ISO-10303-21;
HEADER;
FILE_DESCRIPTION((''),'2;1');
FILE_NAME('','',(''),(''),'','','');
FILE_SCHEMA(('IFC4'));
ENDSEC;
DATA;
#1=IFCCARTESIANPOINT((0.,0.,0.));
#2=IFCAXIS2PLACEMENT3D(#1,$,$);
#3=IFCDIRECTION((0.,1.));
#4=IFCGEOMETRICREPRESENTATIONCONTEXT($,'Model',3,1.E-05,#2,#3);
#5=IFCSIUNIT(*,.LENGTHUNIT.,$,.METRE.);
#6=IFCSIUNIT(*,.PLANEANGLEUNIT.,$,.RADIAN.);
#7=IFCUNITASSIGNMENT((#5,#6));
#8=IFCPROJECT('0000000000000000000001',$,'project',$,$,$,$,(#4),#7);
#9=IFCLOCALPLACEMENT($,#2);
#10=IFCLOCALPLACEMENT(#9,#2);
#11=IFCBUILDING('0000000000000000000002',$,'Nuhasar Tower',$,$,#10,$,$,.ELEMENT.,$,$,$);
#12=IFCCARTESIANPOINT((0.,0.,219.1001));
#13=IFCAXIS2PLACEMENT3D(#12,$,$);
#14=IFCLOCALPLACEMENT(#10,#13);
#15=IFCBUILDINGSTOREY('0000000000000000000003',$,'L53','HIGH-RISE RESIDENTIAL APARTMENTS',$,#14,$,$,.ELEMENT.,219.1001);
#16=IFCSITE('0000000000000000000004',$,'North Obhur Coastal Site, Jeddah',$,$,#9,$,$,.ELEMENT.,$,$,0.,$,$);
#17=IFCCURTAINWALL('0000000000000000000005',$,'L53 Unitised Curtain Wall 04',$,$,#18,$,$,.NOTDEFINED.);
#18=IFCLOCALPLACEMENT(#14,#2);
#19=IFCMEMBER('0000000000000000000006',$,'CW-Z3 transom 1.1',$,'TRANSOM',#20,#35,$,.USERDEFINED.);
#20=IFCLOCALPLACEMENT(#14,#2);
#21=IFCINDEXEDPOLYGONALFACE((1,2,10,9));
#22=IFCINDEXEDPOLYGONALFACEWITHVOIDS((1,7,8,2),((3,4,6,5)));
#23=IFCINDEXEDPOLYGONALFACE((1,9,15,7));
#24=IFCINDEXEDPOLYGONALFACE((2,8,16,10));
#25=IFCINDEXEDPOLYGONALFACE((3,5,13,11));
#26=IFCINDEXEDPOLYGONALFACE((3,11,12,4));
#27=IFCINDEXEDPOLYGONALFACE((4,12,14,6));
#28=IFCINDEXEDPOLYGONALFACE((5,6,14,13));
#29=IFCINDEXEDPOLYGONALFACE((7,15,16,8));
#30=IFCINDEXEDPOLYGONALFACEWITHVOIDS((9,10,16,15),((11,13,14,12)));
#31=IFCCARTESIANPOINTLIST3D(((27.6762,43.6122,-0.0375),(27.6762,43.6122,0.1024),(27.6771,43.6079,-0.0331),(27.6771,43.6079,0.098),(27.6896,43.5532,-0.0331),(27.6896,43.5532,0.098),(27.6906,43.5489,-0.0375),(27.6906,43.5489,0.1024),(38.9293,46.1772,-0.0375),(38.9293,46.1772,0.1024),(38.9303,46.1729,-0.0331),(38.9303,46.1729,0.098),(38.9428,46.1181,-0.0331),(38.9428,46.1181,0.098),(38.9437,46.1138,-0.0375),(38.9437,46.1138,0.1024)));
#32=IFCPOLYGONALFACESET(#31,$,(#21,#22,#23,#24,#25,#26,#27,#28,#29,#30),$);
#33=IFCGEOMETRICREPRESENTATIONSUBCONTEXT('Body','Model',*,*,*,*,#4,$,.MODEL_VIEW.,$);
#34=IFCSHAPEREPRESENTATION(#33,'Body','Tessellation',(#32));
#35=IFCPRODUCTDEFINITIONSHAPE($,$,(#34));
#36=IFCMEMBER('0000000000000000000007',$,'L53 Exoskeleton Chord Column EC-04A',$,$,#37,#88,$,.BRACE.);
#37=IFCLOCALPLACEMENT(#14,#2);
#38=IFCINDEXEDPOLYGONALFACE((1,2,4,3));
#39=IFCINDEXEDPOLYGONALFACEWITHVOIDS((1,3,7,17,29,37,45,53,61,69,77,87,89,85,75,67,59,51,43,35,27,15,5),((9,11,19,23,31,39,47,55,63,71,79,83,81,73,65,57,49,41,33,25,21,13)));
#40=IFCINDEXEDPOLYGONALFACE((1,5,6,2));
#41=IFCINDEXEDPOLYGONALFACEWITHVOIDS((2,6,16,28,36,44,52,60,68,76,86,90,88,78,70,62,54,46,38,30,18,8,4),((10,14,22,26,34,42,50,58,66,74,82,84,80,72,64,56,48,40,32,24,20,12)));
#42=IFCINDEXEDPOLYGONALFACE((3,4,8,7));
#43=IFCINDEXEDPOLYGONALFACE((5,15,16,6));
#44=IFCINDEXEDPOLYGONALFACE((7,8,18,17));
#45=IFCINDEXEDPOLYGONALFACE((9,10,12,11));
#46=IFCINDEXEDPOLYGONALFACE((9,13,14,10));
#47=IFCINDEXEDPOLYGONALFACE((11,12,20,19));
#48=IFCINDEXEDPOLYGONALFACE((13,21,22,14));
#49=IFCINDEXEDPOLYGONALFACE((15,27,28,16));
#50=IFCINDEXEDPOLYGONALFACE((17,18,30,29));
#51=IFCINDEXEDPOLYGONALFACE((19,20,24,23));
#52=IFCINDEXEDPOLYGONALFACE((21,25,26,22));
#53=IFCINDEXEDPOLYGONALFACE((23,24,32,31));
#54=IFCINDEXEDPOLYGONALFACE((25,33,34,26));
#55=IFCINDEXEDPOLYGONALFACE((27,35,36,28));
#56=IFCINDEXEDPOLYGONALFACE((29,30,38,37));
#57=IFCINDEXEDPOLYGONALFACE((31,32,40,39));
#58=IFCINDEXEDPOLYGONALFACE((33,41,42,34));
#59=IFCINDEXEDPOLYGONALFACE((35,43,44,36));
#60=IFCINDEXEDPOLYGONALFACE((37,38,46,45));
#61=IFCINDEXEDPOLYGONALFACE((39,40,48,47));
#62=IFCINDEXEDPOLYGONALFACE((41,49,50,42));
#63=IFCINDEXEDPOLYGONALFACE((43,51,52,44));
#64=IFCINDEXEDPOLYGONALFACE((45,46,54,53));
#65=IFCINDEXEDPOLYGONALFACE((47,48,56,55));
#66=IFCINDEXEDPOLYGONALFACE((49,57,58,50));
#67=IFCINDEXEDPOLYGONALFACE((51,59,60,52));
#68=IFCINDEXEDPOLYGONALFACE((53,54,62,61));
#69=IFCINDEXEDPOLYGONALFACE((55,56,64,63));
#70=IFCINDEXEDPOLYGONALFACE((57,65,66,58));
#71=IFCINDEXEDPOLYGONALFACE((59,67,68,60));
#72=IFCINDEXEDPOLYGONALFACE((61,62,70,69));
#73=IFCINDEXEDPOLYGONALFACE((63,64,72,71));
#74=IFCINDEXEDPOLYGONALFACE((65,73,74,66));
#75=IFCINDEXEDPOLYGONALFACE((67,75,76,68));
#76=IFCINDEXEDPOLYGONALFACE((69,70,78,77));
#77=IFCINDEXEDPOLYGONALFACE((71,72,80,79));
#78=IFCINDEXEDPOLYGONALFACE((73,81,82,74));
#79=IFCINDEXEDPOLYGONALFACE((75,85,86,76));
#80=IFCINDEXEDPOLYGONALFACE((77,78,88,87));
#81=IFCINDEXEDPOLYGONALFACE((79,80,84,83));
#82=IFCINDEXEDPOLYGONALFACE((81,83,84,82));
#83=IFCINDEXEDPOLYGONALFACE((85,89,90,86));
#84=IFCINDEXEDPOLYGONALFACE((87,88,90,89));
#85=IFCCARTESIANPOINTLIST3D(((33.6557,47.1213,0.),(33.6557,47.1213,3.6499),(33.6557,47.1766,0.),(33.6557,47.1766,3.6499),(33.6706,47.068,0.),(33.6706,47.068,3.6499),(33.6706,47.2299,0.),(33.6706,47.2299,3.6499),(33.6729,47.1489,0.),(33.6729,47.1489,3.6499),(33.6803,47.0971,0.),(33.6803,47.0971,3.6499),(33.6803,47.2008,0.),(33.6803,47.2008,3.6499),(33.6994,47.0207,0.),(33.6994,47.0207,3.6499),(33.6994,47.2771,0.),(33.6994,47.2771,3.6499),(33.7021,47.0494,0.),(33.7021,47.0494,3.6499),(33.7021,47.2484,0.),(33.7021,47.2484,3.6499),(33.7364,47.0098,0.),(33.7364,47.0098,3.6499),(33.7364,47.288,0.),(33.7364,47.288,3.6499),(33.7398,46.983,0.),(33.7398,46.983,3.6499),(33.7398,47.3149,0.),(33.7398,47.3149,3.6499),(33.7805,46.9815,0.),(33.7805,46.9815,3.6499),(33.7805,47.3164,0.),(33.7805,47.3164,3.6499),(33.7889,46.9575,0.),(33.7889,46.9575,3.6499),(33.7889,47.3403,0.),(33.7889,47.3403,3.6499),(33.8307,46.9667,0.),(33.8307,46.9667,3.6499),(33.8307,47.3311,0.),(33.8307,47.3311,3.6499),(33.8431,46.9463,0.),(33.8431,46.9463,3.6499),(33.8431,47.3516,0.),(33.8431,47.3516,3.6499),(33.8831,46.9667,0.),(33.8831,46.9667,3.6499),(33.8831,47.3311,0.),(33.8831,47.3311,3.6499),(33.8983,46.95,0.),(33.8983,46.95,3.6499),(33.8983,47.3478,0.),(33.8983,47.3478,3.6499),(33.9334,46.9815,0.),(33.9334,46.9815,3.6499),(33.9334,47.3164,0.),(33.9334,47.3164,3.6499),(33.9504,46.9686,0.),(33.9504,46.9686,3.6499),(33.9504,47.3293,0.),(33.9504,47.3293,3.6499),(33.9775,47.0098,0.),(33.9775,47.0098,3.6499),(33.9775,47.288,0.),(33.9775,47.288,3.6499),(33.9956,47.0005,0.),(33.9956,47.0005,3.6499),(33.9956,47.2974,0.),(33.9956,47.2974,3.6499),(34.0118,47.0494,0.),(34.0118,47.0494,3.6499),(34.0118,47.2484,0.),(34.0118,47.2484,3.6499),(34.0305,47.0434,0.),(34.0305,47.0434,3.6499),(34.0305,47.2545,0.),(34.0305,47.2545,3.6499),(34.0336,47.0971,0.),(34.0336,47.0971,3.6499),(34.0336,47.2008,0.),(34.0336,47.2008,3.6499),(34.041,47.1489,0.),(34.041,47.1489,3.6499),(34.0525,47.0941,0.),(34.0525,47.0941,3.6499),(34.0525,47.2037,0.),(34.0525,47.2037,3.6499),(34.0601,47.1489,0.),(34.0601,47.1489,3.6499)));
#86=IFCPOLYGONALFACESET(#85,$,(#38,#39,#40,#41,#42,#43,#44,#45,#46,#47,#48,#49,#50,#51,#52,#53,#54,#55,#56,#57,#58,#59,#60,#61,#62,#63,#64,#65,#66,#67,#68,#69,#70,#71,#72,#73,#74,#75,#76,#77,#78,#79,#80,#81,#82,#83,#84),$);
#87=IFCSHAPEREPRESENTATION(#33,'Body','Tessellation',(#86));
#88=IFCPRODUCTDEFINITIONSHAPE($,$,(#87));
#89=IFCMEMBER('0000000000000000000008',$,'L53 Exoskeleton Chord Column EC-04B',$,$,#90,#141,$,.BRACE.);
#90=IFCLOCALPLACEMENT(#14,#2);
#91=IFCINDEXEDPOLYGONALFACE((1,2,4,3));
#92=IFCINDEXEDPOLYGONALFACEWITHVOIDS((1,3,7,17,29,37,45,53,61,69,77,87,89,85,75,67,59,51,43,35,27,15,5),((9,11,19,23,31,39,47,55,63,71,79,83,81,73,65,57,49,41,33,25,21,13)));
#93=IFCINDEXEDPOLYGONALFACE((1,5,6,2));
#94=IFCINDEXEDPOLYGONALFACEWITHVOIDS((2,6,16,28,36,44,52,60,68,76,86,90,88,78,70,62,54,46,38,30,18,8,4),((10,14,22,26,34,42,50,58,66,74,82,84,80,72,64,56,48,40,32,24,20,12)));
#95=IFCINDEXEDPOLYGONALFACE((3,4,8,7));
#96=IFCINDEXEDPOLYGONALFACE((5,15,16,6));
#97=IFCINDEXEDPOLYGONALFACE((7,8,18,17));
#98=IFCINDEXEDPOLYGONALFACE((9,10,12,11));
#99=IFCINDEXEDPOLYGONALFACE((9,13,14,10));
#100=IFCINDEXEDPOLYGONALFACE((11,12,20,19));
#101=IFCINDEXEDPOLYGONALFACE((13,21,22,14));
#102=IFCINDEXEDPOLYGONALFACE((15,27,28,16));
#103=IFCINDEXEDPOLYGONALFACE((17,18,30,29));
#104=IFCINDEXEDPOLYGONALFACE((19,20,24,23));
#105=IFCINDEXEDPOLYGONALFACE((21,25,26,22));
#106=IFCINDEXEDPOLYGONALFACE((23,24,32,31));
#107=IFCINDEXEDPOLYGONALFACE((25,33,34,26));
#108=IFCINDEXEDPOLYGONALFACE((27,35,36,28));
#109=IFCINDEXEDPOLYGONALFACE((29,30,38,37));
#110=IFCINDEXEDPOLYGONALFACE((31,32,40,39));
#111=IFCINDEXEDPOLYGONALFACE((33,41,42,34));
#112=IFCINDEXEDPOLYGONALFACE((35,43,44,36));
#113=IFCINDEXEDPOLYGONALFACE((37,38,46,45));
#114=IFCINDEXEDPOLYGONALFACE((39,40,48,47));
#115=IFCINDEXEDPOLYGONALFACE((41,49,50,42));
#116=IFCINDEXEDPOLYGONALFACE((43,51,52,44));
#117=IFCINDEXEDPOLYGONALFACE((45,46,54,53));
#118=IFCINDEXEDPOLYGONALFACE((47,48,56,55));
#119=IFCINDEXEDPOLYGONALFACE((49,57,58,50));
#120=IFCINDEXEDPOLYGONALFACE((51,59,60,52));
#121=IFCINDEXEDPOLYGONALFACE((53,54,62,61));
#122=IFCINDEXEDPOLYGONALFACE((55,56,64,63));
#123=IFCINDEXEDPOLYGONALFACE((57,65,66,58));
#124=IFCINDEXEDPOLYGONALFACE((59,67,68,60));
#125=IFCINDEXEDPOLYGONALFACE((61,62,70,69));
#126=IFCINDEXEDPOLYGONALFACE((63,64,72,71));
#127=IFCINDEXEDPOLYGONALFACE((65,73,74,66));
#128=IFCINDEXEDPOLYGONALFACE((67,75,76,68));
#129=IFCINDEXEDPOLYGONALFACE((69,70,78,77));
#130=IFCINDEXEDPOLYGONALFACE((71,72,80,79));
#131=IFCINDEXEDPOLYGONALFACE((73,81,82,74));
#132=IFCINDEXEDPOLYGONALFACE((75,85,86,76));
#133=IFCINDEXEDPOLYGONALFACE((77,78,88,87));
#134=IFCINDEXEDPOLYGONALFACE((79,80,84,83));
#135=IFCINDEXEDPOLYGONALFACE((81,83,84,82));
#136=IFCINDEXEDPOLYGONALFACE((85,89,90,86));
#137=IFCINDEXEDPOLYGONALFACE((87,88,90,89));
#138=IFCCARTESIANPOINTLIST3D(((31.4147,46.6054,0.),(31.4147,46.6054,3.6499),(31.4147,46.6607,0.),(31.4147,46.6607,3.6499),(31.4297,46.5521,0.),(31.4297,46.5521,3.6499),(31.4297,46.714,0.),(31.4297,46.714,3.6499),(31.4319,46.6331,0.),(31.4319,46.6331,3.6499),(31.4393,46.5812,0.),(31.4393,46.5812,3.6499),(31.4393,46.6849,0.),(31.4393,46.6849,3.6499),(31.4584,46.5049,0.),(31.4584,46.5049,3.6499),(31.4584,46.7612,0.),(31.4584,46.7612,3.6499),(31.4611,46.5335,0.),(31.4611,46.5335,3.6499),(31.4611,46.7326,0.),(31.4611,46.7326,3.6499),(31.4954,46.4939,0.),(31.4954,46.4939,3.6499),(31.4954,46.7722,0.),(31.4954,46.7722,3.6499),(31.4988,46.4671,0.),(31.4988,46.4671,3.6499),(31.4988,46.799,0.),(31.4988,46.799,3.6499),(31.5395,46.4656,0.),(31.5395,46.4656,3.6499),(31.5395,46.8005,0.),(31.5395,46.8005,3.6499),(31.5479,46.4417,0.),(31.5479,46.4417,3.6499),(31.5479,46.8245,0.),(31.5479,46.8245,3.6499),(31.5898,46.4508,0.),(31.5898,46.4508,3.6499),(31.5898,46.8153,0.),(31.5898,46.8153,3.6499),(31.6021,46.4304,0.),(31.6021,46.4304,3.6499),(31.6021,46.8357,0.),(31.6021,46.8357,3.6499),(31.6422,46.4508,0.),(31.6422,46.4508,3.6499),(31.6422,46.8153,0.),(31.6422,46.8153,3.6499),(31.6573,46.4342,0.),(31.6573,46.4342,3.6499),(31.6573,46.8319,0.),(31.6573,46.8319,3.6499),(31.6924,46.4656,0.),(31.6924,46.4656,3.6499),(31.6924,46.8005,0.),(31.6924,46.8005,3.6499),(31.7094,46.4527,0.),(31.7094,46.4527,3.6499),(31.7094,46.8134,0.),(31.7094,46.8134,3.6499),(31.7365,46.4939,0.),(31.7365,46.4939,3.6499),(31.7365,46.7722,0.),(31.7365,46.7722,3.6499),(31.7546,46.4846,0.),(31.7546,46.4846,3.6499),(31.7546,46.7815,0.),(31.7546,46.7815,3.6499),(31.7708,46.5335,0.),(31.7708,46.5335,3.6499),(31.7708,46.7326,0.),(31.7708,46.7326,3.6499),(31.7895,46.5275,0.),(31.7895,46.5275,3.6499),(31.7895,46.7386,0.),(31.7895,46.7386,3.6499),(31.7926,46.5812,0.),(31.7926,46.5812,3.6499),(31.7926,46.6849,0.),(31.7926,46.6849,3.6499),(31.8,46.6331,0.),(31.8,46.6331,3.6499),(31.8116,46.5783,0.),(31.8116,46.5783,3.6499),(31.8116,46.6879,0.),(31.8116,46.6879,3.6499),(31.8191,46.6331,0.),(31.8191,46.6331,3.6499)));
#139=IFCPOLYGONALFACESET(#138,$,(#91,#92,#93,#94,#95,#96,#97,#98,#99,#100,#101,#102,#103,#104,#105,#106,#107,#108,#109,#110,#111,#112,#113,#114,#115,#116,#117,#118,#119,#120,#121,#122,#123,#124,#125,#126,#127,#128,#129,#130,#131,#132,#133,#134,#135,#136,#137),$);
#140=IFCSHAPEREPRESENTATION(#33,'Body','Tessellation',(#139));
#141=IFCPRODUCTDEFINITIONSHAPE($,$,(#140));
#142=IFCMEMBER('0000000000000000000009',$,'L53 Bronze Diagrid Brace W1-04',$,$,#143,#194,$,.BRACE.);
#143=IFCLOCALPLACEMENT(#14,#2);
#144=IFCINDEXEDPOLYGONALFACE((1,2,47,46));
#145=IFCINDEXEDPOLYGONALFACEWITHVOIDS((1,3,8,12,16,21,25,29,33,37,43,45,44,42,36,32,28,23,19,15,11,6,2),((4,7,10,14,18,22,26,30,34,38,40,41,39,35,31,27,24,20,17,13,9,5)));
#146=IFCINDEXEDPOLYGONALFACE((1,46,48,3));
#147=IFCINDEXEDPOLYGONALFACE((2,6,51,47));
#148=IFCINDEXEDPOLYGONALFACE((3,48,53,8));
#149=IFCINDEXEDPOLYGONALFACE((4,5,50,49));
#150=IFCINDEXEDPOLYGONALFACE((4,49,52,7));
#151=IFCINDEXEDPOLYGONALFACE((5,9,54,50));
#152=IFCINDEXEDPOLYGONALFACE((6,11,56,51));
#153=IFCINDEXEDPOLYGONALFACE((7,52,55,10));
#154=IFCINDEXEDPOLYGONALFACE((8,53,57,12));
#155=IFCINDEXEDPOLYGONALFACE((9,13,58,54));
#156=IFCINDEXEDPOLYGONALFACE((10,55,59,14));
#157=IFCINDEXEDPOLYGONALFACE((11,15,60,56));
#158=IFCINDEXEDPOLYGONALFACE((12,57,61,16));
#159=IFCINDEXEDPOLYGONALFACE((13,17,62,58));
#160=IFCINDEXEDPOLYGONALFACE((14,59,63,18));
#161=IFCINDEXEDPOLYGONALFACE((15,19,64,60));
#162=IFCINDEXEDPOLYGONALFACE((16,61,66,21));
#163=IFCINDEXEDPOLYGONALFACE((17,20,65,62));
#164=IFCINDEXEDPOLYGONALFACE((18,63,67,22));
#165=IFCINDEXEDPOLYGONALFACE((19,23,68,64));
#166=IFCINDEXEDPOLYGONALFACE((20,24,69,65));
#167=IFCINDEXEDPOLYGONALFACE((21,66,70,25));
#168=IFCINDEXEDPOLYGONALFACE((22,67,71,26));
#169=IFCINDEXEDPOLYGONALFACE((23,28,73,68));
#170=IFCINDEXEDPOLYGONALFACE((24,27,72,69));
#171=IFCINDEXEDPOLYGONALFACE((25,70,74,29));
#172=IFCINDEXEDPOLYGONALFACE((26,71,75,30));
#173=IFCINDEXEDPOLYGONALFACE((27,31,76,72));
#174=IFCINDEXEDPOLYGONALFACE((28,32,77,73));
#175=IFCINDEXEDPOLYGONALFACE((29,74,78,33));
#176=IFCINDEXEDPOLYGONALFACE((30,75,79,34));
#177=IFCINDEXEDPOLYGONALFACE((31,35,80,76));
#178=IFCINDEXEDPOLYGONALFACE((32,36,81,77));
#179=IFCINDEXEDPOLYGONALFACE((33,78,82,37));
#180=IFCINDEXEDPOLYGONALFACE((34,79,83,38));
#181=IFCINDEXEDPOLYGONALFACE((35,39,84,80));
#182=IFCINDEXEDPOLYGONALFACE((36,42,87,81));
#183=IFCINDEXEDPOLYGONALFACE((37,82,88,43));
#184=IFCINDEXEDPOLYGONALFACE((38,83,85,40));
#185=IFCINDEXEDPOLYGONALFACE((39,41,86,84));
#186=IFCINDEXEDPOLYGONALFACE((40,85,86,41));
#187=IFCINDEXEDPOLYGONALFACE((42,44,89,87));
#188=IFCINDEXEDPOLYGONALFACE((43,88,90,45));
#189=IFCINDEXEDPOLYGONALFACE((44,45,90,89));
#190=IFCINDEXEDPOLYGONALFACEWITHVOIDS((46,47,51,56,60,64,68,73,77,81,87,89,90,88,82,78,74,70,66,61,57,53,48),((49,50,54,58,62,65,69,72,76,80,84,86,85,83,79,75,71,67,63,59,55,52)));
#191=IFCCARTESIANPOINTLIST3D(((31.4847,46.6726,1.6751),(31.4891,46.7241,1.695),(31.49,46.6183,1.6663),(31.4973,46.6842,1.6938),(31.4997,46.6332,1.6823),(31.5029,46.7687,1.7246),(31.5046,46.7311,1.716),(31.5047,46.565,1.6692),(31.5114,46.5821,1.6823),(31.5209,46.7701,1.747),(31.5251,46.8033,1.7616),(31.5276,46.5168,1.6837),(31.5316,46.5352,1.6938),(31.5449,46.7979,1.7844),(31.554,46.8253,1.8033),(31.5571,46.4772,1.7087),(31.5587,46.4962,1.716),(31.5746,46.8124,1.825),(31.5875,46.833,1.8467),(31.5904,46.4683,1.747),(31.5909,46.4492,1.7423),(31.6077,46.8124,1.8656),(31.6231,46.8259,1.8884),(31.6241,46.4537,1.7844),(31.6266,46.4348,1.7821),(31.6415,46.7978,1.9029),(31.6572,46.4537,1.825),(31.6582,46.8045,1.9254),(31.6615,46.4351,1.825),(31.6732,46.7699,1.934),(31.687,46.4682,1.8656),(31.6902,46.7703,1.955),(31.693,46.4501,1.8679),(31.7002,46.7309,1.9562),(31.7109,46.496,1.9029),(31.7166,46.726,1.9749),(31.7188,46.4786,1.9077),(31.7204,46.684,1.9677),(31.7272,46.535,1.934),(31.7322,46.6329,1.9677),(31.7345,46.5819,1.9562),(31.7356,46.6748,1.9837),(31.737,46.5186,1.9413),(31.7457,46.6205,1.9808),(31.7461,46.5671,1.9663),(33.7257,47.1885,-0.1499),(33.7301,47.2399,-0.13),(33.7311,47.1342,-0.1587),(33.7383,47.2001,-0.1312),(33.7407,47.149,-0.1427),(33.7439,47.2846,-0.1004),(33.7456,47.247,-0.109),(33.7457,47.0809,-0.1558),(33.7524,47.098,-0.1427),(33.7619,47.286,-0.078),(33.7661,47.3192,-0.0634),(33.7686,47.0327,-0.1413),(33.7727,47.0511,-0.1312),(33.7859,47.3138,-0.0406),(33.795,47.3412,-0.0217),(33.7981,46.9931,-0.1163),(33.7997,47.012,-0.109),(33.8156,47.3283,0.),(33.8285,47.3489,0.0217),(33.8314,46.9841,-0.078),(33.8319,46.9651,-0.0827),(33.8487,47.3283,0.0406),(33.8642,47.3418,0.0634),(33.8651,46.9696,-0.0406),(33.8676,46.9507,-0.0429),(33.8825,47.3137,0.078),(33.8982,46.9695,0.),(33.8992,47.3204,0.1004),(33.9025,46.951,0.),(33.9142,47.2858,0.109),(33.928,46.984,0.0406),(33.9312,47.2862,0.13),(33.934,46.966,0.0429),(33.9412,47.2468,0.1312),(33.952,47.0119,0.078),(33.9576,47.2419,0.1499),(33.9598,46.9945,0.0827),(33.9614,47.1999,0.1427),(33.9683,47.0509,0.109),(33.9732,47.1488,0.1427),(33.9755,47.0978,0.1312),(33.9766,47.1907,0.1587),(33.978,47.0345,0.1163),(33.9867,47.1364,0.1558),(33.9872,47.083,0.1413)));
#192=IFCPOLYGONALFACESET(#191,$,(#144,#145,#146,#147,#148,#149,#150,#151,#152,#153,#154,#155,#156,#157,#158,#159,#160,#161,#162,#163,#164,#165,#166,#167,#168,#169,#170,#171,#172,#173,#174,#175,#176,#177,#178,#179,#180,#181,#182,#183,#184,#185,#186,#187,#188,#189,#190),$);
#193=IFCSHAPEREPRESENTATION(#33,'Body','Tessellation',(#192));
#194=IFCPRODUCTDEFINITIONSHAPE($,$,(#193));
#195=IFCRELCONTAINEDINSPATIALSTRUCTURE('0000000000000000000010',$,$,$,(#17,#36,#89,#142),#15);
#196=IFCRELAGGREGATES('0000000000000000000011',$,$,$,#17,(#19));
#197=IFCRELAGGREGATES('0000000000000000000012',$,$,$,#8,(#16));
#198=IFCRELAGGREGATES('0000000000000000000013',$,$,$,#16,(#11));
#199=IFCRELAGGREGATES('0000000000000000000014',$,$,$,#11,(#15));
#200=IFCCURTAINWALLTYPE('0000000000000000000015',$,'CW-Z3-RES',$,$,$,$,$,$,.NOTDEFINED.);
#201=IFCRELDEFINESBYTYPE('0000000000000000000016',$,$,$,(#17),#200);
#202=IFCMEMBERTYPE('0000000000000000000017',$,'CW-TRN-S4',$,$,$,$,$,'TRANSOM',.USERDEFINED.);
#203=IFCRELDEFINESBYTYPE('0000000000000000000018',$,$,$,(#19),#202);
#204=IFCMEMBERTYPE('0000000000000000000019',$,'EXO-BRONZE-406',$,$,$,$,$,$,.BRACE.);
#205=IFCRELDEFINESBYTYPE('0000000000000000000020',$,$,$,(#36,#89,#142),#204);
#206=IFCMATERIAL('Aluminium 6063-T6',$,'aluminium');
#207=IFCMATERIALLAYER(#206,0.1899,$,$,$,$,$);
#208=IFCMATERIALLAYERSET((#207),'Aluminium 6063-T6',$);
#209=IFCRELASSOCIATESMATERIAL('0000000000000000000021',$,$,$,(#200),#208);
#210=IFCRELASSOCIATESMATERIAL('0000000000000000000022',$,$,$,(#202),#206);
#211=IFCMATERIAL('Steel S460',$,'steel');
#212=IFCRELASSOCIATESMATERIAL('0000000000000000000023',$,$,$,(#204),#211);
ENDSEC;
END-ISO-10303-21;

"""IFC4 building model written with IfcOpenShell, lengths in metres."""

from ifc_helpers import new_model, si_unit, direction, frame, origin, origin_2d, place, context, subcontext, project, spatial, hollow_rectangle, hollow_circle, extrude, material, layer, layer_set, material_profile, profile_set, type_object, element, aggregate, save


model = new_model("IFC4")

# Units and contexts
model_context = context("Model", 3, precision=1e-05, world=origin(), true_north=direction((0.0, 1.0)))
body_context = subcontext(model_context, "Body", "Model", "MODEL_VIEW")
ifc_project = project(units=[si_unit("LENGTHUNIT", "METRE"), si_unit("PLANEANGLEUNIT", "RADIAN")], contexts=[model_context])

# Site, building, storey
site_placement = place(None, origin())
site = spatial("IfcSite", under=ifc_project, at=site_placement, Name="North Obhur Coastal Site, Jeddah", CompositionType="ELEMENT", RefElevation=0.0)
building_placement = place(site_placement, origin())
building = spatial("IfcBuilding", under=site, at=building_placement, Name="Nuhasar Tower", CompositionType="ELEMENT")
storey_placement = place(building_placement, frame((0.0, 0.0, 219.1001)))
storey = spatial("IfcBuildingStorey", under=building, at=storey_placement, Name="L53", Description="HIGH-RISE RESIDENTIAL APARTMENTS", CompositionType="ELEMENT", Elevation=219.1001)

# Curtain wall, member
ifc_material_1 = material(Name="Aluminium 6063-T6", Category="aluminium")
ifc_layer_1 = layer(ifc_material_1, 0.1899)
ifc_layer_set_1 = layer_set([ifc_layer_1], Name="Aluminium 6063-T6")
curtain_wall_type = type_object("IfcCurtainWallType", Name="CW-Z3-RES", PredefinedType="NOTDEFINED", material=ifc_layer_set_1)
curtain_wall_placement = place(storey_placement, origin())
curtain_wall = element("IfcCurtainWall", 1, at=curtain_wall_placement, inside=storey, type_object=curtain_wall_type, Name="L53 Unitised Curtain Wall 04", PredefinedType="NOTDEFINED")
ifc_material_profile_1 = material_profile(ifc_material_1, hollow_rectangle(XDim=0.0649, YDim=0.1399, WallThickness=0.0044, at=origin_2d()), Name="CWT-4")
ifc_profile_set_1 = profile_set([ifc_material_profile_1], Name="Aluminium 6063-T6")
member_type_1 = type_object("IfcMemberType", Name="CW-TRN-S4", ElementType="TRANSOM", PredefinedType="USERDEFINED", material=ifc_profile_set_1)
member_placement = place(storey_placement, frame((38.9365, 46.1455, 0.0325), z_axis=(-0.974994, -0.222231, 0.0), x_axis=(0.222231, -0.974994, 0.0)))
member = element("IfcMember", 2, at=member_placement, type_object=member_type_1, Name="CW-Z3 transom 1.1", ObjectType="TRANSOM", PredefinedType="USERDEFINED", context=body_context, shape_type="SweptSolid", body=[
    extrude(hollow_rectangle(XDim=0.0649, YDim=0.1399, WallThickness=0.0044, at=origin_2d()), origin(), (0.0, 0.0, 1.0), 11.5417),
])

# Members
ifc_material_2 = material(Name="Steel S460", Category="steel")
ifc_material_profile_2 = material_profile(ifc_material_2, hollow_circle(Radius=0.2031, WallThickness=0.019, at=origin_2d()), Name="HSS406.4X19.1")
ifc_profile_set_2 = profile_set([ifc_material_profile_2], Name="Steel S460")
member_type_2 = type_object("IfcMemberType", Name="EXO-BRONZE-406", PredefinedType="BRACE", material=ifc_profile_set_2)
for number, where, z_axis, x_axis, name in (
    (3, (33.8569, 47.1489, 0.0), (0.0, 0.0, 1.0), (1.0, 0.0, 0.0), "L53 Exoskeleton Chord Column EC-04A"),
    (4, (31.616, 46.6331, 0.0), (0.0, 0.0, 1.0), (1.0, 0.0, 0.0), "L53 Exoskeleton Chord Column EC-04B"),
):
    element("IfcMember", number, at=place(storey_placement, frame(where, z_axis=z_axis, x_axis=x_axis)), inside=storey, type_object=member_type_2, Name=name, PredefinedType="BRACE", context=body_context, shape_type="SweptSolid", body=[
        extrude(hollow_circle(Radius=0.2031, WallThickness=0.019, at=origin_2d()), origin(), (0.0, 0.0, 1.0), 3.6499),
    ])
for number, where, z_axis, x_axis, name in (
    (5, (33.8569, 47.1489, 0.0), (-0.763343, -0.175721, 0.621635), (0.224332, -0.974513, 0.0), "L53 Bronze Diagrid Brace W1-04"),
):
    element("IfcMember", number, at=place(storey_placement, frame(where, z_axis=z_axis, x_axis=x_axis)), inside=storey, type_object=member_type_2, Name=name, PredefinedType="BRACE", context=body_context, shape_type="SweptSolid", body=[
        extrude(hollow_circle(Radius=0.2031, WallThickness=0.019, at=origin_2d()), origin(), (0.0, 0.0, 1.0), 2.9358),
    ])

aggregate(curtain_wall, [member])

save(model, "model.ifc")
